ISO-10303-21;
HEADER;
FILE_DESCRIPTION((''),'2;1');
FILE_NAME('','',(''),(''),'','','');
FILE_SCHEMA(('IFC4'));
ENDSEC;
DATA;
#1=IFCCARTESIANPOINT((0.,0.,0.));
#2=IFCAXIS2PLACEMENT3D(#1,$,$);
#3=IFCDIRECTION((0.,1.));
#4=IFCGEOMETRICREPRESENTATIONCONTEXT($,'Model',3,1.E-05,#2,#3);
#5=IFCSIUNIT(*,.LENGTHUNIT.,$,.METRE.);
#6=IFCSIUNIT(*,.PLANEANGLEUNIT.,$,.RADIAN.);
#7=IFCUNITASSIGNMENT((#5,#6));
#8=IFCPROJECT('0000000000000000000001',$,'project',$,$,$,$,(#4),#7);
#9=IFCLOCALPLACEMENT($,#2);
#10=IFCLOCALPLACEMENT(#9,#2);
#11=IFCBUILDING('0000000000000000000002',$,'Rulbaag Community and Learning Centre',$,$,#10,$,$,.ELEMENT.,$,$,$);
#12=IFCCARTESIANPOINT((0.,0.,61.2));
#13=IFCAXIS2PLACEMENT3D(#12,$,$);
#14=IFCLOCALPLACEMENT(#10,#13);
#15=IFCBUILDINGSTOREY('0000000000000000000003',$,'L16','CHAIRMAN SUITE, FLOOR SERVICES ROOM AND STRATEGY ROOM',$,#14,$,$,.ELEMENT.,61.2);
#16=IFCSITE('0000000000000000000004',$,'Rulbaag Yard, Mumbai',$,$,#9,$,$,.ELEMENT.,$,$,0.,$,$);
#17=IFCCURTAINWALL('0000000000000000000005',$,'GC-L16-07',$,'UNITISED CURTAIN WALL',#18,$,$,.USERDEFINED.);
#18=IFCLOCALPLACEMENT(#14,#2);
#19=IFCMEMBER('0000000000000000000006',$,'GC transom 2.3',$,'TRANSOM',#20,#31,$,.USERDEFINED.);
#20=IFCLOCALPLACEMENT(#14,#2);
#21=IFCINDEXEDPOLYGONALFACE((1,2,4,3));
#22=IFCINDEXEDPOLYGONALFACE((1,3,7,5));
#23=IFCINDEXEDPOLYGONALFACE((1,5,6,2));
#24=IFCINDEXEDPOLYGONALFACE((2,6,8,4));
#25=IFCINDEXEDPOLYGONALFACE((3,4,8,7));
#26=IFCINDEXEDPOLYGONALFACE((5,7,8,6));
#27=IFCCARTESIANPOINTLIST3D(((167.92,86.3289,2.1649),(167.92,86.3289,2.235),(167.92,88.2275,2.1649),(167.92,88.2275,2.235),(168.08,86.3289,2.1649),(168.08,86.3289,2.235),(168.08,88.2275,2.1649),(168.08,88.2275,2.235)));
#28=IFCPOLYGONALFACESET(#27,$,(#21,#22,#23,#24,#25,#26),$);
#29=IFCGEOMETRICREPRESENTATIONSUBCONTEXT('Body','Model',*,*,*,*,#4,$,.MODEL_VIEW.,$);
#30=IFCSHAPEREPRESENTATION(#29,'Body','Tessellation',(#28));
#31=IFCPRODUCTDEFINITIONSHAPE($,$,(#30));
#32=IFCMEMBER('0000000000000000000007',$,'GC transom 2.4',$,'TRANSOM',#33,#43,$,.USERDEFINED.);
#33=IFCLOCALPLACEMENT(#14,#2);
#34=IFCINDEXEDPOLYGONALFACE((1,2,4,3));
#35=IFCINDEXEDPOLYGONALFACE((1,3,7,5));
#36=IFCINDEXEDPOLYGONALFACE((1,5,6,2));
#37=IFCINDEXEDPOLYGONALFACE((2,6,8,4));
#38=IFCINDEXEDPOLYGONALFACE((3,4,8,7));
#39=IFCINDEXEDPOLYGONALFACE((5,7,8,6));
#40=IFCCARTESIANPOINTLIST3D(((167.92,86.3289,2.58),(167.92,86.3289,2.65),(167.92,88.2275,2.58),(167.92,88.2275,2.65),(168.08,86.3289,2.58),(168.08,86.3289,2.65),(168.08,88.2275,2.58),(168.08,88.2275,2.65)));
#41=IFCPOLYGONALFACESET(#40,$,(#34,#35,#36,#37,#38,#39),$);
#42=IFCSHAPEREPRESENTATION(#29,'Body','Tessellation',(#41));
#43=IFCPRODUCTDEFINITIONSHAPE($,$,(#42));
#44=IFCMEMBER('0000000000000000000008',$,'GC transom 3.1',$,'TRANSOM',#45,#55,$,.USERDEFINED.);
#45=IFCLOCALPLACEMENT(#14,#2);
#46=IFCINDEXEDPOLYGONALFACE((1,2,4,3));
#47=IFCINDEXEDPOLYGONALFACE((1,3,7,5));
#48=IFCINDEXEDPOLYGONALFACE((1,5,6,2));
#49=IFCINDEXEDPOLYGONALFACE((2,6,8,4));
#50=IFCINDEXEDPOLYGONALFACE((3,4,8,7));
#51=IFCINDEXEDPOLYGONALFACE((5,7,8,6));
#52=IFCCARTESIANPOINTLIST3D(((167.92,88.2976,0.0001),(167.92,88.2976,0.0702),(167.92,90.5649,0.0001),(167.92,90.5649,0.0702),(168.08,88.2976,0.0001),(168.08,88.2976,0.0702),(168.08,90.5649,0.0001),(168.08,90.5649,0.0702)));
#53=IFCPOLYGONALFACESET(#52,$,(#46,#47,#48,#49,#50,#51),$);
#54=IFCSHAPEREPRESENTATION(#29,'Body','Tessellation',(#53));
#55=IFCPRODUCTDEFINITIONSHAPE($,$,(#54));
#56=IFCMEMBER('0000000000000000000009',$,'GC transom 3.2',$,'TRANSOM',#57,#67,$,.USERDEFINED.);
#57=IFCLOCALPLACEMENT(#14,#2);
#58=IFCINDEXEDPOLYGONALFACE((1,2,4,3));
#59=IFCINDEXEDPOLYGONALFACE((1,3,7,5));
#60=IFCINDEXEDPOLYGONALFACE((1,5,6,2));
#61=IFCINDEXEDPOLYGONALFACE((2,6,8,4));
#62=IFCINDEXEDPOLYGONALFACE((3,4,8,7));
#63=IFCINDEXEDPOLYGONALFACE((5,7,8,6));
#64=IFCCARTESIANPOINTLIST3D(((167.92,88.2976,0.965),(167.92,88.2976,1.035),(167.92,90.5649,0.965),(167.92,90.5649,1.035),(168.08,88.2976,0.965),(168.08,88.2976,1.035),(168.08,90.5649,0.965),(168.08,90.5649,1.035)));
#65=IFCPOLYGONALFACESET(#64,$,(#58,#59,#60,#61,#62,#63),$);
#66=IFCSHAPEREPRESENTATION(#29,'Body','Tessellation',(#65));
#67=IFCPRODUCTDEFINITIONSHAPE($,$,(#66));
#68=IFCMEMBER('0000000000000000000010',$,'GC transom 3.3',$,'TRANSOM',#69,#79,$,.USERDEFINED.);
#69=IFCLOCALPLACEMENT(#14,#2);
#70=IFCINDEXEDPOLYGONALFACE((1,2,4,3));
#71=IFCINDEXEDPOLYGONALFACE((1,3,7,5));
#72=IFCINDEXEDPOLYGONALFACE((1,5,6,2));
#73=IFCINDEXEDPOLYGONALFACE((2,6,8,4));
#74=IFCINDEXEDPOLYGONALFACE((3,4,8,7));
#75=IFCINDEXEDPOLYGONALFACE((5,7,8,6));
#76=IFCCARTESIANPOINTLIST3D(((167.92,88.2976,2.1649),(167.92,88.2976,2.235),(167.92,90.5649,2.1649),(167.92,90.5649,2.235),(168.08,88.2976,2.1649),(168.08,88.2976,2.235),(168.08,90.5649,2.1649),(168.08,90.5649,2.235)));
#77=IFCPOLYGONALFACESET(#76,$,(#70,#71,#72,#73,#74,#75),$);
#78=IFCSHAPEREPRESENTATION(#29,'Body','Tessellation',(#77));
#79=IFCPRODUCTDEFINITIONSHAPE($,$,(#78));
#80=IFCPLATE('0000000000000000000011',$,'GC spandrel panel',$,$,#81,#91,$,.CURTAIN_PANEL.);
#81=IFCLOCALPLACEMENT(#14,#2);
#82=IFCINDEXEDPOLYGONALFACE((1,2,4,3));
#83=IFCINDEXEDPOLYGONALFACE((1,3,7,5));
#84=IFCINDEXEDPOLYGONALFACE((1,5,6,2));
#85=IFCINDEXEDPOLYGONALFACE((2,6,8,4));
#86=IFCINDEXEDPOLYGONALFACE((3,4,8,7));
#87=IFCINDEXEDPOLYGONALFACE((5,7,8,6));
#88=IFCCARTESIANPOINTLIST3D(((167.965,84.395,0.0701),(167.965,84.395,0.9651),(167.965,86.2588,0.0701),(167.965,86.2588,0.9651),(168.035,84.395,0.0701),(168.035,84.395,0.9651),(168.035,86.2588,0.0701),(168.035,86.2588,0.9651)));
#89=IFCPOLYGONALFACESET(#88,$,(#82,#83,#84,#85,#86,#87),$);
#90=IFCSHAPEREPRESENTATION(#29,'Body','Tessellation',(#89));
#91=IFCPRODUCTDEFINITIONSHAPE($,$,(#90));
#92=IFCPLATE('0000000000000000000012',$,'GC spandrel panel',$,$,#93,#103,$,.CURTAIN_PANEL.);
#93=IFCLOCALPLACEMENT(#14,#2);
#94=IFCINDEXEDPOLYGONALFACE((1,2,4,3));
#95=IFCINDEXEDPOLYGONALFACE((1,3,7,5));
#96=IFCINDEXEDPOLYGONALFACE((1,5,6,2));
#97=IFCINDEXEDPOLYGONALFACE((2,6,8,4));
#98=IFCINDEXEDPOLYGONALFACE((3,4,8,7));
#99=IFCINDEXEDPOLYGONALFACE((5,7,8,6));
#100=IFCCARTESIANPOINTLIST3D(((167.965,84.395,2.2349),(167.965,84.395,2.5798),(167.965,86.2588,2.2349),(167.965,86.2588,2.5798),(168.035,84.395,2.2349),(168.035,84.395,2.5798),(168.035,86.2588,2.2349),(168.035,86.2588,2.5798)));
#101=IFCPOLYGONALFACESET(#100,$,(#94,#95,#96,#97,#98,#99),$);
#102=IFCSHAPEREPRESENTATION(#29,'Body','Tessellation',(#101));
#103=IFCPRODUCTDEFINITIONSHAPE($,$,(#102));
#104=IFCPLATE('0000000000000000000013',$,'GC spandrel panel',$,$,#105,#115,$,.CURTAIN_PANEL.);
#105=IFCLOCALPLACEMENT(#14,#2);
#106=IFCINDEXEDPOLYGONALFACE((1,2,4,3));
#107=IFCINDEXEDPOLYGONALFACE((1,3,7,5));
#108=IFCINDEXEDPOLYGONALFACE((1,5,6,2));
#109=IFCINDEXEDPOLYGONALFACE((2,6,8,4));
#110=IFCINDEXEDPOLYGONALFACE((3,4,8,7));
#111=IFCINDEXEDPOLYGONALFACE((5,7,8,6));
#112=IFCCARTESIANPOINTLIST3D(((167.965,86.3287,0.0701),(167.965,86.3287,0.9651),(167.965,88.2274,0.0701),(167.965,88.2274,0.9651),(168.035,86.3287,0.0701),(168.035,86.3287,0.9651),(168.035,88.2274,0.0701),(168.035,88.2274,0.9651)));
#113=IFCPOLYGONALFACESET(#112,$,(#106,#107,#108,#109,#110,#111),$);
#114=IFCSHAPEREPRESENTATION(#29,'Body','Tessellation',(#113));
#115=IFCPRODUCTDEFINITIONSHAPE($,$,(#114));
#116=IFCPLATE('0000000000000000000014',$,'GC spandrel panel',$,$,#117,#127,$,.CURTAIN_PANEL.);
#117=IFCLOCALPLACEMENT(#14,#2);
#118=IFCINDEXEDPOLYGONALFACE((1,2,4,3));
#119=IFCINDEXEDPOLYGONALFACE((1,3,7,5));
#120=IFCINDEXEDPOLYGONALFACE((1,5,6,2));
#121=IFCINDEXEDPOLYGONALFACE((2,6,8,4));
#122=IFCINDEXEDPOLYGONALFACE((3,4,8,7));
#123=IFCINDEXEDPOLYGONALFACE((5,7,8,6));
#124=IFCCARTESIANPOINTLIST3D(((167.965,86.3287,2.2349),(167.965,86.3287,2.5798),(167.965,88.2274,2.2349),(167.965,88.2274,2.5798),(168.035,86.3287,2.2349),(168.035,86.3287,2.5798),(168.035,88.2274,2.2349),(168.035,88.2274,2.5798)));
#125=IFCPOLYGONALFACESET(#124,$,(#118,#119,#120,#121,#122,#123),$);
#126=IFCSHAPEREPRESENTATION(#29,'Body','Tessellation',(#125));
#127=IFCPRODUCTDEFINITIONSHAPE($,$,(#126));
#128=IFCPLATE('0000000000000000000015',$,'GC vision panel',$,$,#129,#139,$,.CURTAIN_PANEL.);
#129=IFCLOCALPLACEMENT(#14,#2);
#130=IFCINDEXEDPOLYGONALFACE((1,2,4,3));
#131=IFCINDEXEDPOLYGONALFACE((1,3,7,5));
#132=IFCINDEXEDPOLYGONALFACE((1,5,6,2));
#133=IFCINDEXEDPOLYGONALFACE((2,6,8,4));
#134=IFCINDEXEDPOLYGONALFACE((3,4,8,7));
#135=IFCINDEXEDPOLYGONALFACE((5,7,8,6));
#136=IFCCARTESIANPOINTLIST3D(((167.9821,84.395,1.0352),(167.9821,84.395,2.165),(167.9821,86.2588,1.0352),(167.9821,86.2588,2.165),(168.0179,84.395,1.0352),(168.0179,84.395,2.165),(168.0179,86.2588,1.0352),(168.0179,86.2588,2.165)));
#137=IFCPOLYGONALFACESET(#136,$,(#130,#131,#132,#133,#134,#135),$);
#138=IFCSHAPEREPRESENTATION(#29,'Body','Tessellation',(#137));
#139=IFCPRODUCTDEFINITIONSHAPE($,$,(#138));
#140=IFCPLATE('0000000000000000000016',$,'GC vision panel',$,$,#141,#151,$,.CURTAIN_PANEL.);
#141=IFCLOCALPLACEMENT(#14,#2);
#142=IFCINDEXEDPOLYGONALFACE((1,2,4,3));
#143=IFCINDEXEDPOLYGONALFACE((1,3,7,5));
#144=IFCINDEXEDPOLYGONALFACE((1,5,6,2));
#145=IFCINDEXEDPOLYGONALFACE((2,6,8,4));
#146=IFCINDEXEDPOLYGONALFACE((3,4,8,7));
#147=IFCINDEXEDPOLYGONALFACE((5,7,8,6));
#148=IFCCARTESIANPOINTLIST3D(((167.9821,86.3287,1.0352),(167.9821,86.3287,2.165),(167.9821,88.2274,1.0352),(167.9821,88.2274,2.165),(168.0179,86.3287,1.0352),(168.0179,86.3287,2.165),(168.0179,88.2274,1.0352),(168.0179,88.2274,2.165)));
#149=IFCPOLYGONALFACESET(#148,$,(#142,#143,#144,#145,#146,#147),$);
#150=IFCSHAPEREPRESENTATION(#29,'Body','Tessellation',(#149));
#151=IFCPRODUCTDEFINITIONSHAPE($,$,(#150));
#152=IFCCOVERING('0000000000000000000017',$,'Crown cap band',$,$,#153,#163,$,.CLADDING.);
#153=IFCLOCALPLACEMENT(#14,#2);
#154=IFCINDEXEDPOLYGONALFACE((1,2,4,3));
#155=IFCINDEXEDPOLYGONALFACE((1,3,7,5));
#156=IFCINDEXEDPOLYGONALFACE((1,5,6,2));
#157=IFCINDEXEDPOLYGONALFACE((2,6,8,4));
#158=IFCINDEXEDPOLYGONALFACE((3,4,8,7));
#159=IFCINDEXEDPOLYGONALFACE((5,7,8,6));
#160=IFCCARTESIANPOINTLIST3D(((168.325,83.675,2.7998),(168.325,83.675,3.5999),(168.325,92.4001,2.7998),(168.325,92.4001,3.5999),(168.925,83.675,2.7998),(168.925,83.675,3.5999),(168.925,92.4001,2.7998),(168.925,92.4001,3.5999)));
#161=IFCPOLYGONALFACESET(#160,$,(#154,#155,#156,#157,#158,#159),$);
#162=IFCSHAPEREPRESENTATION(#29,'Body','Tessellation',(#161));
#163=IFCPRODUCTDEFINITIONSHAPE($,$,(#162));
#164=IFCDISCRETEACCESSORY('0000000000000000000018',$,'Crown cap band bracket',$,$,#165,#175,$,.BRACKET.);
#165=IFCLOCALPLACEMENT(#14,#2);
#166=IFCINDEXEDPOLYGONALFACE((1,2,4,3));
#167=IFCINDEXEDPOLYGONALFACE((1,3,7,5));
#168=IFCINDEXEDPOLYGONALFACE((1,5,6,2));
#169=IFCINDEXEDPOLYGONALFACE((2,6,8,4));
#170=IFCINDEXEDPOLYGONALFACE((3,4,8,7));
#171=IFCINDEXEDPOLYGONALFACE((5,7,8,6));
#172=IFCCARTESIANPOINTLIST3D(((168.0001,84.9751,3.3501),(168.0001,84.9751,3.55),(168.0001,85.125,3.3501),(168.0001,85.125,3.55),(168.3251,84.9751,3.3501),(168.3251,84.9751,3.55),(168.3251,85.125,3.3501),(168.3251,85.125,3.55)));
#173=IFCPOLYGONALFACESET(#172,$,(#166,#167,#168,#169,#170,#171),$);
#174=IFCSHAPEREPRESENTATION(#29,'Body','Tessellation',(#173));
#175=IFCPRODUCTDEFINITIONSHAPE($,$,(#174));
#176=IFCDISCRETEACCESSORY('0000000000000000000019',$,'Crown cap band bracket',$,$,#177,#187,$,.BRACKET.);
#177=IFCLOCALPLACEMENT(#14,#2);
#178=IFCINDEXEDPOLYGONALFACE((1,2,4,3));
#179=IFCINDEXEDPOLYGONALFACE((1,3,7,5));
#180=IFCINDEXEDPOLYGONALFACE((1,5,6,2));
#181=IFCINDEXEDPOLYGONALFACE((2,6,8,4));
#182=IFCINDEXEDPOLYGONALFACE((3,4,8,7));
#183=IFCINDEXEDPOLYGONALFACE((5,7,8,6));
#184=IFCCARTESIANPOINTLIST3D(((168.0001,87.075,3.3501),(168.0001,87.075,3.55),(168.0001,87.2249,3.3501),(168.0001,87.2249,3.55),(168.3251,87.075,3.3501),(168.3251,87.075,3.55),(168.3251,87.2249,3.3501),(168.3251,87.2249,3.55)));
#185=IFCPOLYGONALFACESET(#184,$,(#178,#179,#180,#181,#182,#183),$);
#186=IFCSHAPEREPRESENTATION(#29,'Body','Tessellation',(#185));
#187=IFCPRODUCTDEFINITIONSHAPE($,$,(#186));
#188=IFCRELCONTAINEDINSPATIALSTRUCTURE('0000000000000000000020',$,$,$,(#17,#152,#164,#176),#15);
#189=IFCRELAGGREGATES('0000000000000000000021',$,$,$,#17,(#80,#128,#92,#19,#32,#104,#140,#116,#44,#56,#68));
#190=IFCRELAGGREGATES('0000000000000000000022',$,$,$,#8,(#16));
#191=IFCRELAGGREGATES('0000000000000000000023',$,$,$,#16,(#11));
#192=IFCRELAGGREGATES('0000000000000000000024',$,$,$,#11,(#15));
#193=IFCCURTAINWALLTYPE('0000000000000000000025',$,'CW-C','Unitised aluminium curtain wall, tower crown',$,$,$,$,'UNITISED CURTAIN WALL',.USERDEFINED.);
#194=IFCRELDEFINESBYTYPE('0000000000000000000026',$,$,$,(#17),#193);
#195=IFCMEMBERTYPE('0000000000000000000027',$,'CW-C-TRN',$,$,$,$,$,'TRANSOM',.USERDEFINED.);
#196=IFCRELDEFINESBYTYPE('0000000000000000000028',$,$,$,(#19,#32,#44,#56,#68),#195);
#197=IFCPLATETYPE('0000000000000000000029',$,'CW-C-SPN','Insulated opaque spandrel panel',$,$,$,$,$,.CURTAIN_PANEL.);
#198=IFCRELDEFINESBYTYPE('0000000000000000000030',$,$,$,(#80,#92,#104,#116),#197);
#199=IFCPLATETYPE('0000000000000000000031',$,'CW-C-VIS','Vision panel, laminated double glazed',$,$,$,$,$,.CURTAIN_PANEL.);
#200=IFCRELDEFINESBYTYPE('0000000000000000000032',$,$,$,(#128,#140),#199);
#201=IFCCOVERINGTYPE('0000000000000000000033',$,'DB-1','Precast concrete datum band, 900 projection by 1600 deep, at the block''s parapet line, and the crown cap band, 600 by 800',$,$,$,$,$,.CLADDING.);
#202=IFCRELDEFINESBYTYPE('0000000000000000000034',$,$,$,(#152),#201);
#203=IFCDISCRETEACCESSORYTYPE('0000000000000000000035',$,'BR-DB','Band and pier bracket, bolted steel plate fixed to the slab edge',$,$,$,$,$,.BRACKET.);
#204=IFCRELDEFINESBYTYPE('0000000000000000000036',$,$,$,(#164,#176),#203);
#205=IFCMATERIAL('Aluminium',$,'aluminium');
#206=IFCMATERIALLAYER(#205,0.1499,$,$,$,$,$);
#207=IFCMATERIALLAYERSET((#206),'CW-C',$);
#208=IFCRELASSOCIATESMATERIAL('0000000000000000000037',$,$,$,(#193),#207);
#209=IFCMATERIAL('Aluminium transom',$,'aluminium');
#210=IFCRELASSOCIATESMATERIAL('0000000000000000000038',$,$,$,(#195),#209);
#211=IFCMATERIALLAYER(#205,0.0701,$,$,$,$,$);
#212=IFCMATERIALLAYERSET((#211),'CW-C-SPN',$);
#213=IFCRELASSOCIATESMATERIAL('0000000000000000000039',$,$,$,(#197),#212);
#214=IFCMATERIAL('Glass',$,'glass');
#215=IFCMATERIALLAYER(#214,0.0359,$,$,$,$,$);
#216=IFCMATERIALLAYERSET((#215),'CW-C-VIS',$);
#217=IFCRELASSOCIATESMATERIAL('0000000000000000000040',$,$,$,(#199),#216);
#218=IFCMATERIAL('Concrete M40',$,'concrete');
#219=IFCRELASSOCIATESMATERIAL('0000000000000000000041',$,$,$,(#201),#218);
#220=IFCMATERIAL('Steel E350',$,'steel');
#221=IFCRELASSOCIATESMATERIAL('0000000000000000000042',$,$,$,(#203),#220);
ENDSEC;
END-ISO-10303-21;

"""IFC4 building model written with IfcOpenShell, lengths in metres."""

from ifc_helpers import new_model, si_unit, direction, frame, origin, origin_2d, place, context, subcontext, project, spatial, rectangle, extrude, material, layer, layer_set, material_profile, profile_set, type_object, element, aggregate, save


model = new_model("IFC4")

# Units and contexts
model_context = context("Model", 3, precision=1e-05, world=origin(), true_north=direction((0.0, 1.0)))
body_context = subcontext(model_context, "Body", "Model", "MODEL_VIEW")
ifc_project = project(units=[si_unit("LENGTHUNIT", "METRE"), si_unit("PLANEANGLEUNIT", "RADIAN")], contexts=[model_context])

# Site, building, storey
site_placement = place(None, origin())
site = spatial("IfcSite", under=ifc_project, at=site_placement, Name="Rulbaag Yard, Mumbai", CompositionType="ELEMENT", RefElevation=0.0)
building_placement = place(site_placement, origin())
building = spatial("IfcBuilding", under=site, at=building_placement, Name="Rulbaag Community and Learning Centre", CompositionType="ELEMENT")
storey_placement = place(building_placement, frame((0.0, 0.0, 61.2)))
storey = spatial("IfcBuildingStorey", under=building, at=storey_placement, Name="L16", Description="CHAIRMAN SUITE, FLOOR SERVICES ROOM AND STRATEGY ROOM", CompositionType="ELEMENT", Elevation=61.2)

# Shared definitions
ifc_material_1 = material(Name="Concrete M40", Category="concrete")

# Shared definitions
ifc_material_2 = material(Name="Aluminium", Category="aluminium")
ifc_layer_1 = layer(ifc_material_2, 0.1499)
ifc_layer_set_1 = layer_set([ifc_layer_1], Name="CW-C")
curtain_wall_type = type_object("IfcCurtainWallType", Name="CW-C", Description="Unitised aluminium curtain wall, tower crown", ElementType="UNITISED CURTAIN WALL", PredefinedType="USERDEFINED", material=ifc_layer_set_1)

# Curtain wall, members, plates
curtain_wall_1_placement = place(storey_placement, origin())
curtain_wall_1 = element("IfcCurtainWall", 1, at=curtain_wall_1_placement, inside=storey, type_object=curtain_wall_type, Name="GC-L16-07", ObjectType="UNITISED CURTAIN WALL", PredefinedType="USERDEFINED")
ifc_material_3 = material(Name="Aluminium transom", Category="aluminium")
ifc_material_profile_1 = material_profile(ifc_material_3, rectangle(XDim=0.1599, YDim=0.0701, at=origin_2d()), Name="AL 70x160 T")
ifc_profile_set_1 = profile_set([ifc_material_profile_1], Name="Aluminium transom")
member_type_1 = type_object("IfcMemberType", Name="CW-C-TRN", ElementType="TRANSOM", PredefinedType="USERDEFINED", material=ifc_profile_set_1)
member_1_placement = place(storey_placement, frame((168.0, 86.3289, 2.2), z_axis=(0.0, 1.0, 0.0), x_axis=(-1.0, 0.0, 0.0)))
member_1 = element("IfcMember", 2, at=member_1_placement, type_object=member_type_1, Name="GC transom 2.3", ObjectType="TRANSOM", PredefinedType="USERDEFINED", context=body_context, shape_type="SweptSolid", body=[
    extrude(rectangle(XDim=0.1599, YDim=0.0701, at=origin_2d()), origin(), (0.0, 0.0, 1.0), 1.8987),
])
member_2_placement = place(storey_placement, frame((168.0, 86.3289, 2.615), z_axis=(0.0, 1.0, 0.0), x_axis=(-1.0, 0.0, 0.0)))
member_2 = element("IfcMember", 3, at=member_2_placement, type_object=member_type_1, Name="GC transom 2.4", ObjectType="TRANSOM", PredefinedType="USERDEFINED", context=body_context, shape_type="SweptSolid", body=[
    extrude(rectangle(XDim=0.1599, YDim=0.0701, at=origin_2d()), origin(), (0.0, 0.0, 1.0), 1.8987),
])
member_3_placement = place(storey_placement, frame((168.0, 88.2976, 0.0352), z_axis=(0.0, 1.0, 0.0), x_axis=(-1.0, 0.0, 0.0)))
member_3 = element("IfcMember", 4, at=member_3_placement, type_object=member_type_1, Name="GC transom 3.1", ObjectType="TRANSOM", PredefinedType="USERDEFINED", context=body_context, shape_type="SweptSolid", body=[
    extrude(rectangle(XDim=0.1599, YDim=0.0701, at=origin_2d()), origin(), (0.0, 0.0, 1.0), 2.2673),
])
member_4_placement = place(storey_placement, frame((168.0, 88.2976, 1.0), z_axis=(0.0, 1.0, 0.0), x_axis=(-1.0, 0.0, 0.0)))
member_4 = element("IfcMember", 5, at=member_4_placement, type_object=member_type_1, Name="GC transom 3.2", ObjectType="TRANSOM", PredefinedType="USERDEFINED", context=body_context, shape_type="SweptSolid", body=[
    extrude(rectangle(XDim=0.1599, YDim=0.0701, at=origin_2d()), origin(), (0.0, 0.0, 1.0), 2.2673),
])
member_5_placement = place(storey_placement, frame((168.0, 88.2976, 2.2), z_axis=(0.0, 1.0, 0.0), x_axis=(-1.0, 0.0, 0.0)))
member_5 = element("IfcMember", 6, at=member_5_placement, type_object=member_type_1, Name="GC transom 3.3", ObjectType="TRANSOM", PredefinedType="USERDEFINED", context=body_context, shape_type="SweptSolid", body=[
    extrude(rectangle(XDim=0.1599, YDim=0.0701, at=origin_2d()), origin(), (0.0, 0.0, 1.0), 2.2673),
])
ifc_layer_2 = layer(ifc_material_2, 0.0701)
ifc_layer_set_2 = layer_set([ifc_layer_2], Name="CW-C-SPN")
plate_type_1 = type_object("IfcPlateType", Name="CW-C-SPN", Description="Insulated opaque spandrel panel", PredefinedType="CURTAIN_PANEL", material=ifc_layer_set_2)
plate_1_placement = place(storey_placement, frame((168.0, 85.3269, 0.0701), z_axis=(0.0, 0.0, 1.0), x_axis=(0.0, 1.0, 0.0)))
plate_1 = element("IfcPlate", 7, at=plate_1_placement, type_object=plate_type_1, Name="GC spandrel panel", PredefinedType="CURTAIN_PANEL", context=body_context, shape_type="SweptSolid", body=[
    extrude(rectangle(XDim=1.8638, YDim=0.0701, at=origin_2d()), origin(), (0.0, 0.0, 1.0), 0.895),
])
plate_2_placement = place(storey_placement, frame((168.0, 85.3269, 2.2349), z_axis=(0.0, 0.0, 1.0), x_axis=(0.0, 1.0, 0.0)))
plate_2 = element("IfcPlate", 8, at=plate_2_placement, type_object=plate_type_1, Name="GC spandrel panel", PredefinedType="CURTAIN_PANEL", context=body_context, shape_type="SweptSolid", body=[
    extrude(rectangle(XDim=1.8638, YDim=0.0701, at=origin_2d()), origin(), (0.0, 0.0, 1.0), 0.345),
])
plate_3_placement = place(storey_placement, frame((168.0, 87.2781, 0.0701), z_axis=(0.0, 0.0, 1.0), x_axis=(0.0, 1.0, 0.0)))
plate_3 = element("IfcPlate", 9, at=plate_3_placement, type_object=plate_type_1, Name="GC spandrel panel", PredefinedType="CURTAIN_PANEL", context=body_context, shape_type="SweptSolid", body=[
    extrude(rectangle(XDim=1.8987, YDim=0.0701, at=origin_2d()), origin(), (0.0, 0.0, 1.0), 0.895),
])
plate_4_placement = place(storey_placement, frame((168.0, 87.2781, 2.2349), z_axis=(0.0, 0.0, 1.0), x_axis=(0.0, 1.0, 0.0)))
plate_4 = element("IfcPlate", 10, at=plate_4_placement, type_object=plate_type_1, Name="GC spandrel panel", PredefinedType="CURTAIN_PANEL", context=body_context, shape_type="SweptSolid", body=[
    extrude(rectangle(XDim=1.8987, YDim=0.0701, at=origin_2d()), origin(), (0.0, 0.0, 1.0), 0.345),
])
ifc_material_4 = material(Name="Glass", Category="glass")
ifc_layer_3 = layer(ifc_material_4, 0.0359)
ifc_layer_set_3 = layer_set([ifc_layer_3], Name="CW-C-VIS")
plate_type_2 = type_object("IfcPlateType", Name="CW-C-VIS", Description="Vision panel, laminated double glazed", PredefinedType="CURTAIN_PANEL", material=ifc_layer_set_3)
plate_5_placement = place(storey_placement, frame((168.0, 85.3269, 1.0352), z_axis=(0.0, 0.0, 1.0), x_axis=(0.0, 1.0, 0.0)))
plate_5 = element("IfcPlate", 11, at=plate_5_placement, type_object=plate_type_2, Name="GC vision panel", PredefinedType="CURTAIN_PANEL", context=body_context, shape_type="SweptSolid", body=[
    extrude(rectangle(XDim=1.8638, YDim=0.0359, at=origin_2d()), origin(), (0.0, 0.0, 1.0), 1.1299),
])
plate_6_placement = place(storey_placement, frame((168.0, 87.2781, 1.0352), z_axis=(0.0, 0.0, 1.0), x_axis=(0.0, 1.0, 0.0)))
plate_6 = element("IfcPlate", 12, at=plate_6_placement, type_object=plate_type_2, Name="GC vision panel", PredefinedType="CURTAIN_PANEL", context=body_context, shape_type="SweptSolid", body=[
    extrude(rectangle(XDim=1.8987, YDim=0.0359, at=origin_2d()), origin(), (0.0, 0.0, 1.0), 1.1299),
])
aggregate(curtain_wall_1, [plate_1, plate_5, plate_2, member_1, member_2, plate_3, plate_6, plate_4, member_3, member_4, member_5])

# Covering
covering_type = type_object("IfcCoveringType", Name="DB-1", Description="Precast concrete datum band, 900 projection by 1600 deep, at the block's parapet line, and the crown cap band, 600 by 800", PredefinedType="CLADDING", material=ifc_material_1)
covering_placement = place(storey_placement, frame((168.625, 88.0376, 2.7998), z_axis=(0.0, 0.0, 1.0), x_axis=(1.0, 0.0, 0.0)))
element("IfcCovering", 13, at=covering_placement, inside=storey, type_object=covering_type, Name="Crown cap band", PredefinedType="CLADDING", context=body_context, shape_type="SweptSolid", body=[
    extrude(rectangle(XDim=0.6001, YDim=8.7251, at=origin_2d()), origin(), (0.0, 0.0, 1.0), 0.8),
])

# Discrete accessories
ifc_material_5 = material(Name="Steel E350", Category="steel")
discrete_accessory_type_1 = type_object("IfcDiscreteAccessoryType", Name="BR-DB", Description="Band and pier bracket, bolted steel plate fixed to the slab edge", PredefinedType="BRACKET", material=ifc_material_5)
for number, where, z_axis, x_axis, name in (
    (14, (168.1626, 85.05, 3.3501), (0.0, 0.0, 1.0), (1.0, 0.0, 0.0), "Crown cap band bracket"),
    (15, (168.1626, 87.1499, 3.3501), (0.0, 0.0, 1.0), (1.0, 0.0, 0.0), "Crown cap band bracket"),
):
    element("IfcDiscreteAccessory", number, at=place(storey_placement, frame(where, z_axis=z_axis, x_axis=x_axis)), inside=storey, type_object=discrete_accessory_type_1, Name=name, PredefinedType="BRACKET", context=body_context, shape_type="SweptSolid", body=[
        extrude(rectangle(XDim=0.325, YDim=0.1499, at=origin_2d()), origin(), (0.0, 0.0, 1.0), 0.2),
    ])

save(model, "model.ifc")
